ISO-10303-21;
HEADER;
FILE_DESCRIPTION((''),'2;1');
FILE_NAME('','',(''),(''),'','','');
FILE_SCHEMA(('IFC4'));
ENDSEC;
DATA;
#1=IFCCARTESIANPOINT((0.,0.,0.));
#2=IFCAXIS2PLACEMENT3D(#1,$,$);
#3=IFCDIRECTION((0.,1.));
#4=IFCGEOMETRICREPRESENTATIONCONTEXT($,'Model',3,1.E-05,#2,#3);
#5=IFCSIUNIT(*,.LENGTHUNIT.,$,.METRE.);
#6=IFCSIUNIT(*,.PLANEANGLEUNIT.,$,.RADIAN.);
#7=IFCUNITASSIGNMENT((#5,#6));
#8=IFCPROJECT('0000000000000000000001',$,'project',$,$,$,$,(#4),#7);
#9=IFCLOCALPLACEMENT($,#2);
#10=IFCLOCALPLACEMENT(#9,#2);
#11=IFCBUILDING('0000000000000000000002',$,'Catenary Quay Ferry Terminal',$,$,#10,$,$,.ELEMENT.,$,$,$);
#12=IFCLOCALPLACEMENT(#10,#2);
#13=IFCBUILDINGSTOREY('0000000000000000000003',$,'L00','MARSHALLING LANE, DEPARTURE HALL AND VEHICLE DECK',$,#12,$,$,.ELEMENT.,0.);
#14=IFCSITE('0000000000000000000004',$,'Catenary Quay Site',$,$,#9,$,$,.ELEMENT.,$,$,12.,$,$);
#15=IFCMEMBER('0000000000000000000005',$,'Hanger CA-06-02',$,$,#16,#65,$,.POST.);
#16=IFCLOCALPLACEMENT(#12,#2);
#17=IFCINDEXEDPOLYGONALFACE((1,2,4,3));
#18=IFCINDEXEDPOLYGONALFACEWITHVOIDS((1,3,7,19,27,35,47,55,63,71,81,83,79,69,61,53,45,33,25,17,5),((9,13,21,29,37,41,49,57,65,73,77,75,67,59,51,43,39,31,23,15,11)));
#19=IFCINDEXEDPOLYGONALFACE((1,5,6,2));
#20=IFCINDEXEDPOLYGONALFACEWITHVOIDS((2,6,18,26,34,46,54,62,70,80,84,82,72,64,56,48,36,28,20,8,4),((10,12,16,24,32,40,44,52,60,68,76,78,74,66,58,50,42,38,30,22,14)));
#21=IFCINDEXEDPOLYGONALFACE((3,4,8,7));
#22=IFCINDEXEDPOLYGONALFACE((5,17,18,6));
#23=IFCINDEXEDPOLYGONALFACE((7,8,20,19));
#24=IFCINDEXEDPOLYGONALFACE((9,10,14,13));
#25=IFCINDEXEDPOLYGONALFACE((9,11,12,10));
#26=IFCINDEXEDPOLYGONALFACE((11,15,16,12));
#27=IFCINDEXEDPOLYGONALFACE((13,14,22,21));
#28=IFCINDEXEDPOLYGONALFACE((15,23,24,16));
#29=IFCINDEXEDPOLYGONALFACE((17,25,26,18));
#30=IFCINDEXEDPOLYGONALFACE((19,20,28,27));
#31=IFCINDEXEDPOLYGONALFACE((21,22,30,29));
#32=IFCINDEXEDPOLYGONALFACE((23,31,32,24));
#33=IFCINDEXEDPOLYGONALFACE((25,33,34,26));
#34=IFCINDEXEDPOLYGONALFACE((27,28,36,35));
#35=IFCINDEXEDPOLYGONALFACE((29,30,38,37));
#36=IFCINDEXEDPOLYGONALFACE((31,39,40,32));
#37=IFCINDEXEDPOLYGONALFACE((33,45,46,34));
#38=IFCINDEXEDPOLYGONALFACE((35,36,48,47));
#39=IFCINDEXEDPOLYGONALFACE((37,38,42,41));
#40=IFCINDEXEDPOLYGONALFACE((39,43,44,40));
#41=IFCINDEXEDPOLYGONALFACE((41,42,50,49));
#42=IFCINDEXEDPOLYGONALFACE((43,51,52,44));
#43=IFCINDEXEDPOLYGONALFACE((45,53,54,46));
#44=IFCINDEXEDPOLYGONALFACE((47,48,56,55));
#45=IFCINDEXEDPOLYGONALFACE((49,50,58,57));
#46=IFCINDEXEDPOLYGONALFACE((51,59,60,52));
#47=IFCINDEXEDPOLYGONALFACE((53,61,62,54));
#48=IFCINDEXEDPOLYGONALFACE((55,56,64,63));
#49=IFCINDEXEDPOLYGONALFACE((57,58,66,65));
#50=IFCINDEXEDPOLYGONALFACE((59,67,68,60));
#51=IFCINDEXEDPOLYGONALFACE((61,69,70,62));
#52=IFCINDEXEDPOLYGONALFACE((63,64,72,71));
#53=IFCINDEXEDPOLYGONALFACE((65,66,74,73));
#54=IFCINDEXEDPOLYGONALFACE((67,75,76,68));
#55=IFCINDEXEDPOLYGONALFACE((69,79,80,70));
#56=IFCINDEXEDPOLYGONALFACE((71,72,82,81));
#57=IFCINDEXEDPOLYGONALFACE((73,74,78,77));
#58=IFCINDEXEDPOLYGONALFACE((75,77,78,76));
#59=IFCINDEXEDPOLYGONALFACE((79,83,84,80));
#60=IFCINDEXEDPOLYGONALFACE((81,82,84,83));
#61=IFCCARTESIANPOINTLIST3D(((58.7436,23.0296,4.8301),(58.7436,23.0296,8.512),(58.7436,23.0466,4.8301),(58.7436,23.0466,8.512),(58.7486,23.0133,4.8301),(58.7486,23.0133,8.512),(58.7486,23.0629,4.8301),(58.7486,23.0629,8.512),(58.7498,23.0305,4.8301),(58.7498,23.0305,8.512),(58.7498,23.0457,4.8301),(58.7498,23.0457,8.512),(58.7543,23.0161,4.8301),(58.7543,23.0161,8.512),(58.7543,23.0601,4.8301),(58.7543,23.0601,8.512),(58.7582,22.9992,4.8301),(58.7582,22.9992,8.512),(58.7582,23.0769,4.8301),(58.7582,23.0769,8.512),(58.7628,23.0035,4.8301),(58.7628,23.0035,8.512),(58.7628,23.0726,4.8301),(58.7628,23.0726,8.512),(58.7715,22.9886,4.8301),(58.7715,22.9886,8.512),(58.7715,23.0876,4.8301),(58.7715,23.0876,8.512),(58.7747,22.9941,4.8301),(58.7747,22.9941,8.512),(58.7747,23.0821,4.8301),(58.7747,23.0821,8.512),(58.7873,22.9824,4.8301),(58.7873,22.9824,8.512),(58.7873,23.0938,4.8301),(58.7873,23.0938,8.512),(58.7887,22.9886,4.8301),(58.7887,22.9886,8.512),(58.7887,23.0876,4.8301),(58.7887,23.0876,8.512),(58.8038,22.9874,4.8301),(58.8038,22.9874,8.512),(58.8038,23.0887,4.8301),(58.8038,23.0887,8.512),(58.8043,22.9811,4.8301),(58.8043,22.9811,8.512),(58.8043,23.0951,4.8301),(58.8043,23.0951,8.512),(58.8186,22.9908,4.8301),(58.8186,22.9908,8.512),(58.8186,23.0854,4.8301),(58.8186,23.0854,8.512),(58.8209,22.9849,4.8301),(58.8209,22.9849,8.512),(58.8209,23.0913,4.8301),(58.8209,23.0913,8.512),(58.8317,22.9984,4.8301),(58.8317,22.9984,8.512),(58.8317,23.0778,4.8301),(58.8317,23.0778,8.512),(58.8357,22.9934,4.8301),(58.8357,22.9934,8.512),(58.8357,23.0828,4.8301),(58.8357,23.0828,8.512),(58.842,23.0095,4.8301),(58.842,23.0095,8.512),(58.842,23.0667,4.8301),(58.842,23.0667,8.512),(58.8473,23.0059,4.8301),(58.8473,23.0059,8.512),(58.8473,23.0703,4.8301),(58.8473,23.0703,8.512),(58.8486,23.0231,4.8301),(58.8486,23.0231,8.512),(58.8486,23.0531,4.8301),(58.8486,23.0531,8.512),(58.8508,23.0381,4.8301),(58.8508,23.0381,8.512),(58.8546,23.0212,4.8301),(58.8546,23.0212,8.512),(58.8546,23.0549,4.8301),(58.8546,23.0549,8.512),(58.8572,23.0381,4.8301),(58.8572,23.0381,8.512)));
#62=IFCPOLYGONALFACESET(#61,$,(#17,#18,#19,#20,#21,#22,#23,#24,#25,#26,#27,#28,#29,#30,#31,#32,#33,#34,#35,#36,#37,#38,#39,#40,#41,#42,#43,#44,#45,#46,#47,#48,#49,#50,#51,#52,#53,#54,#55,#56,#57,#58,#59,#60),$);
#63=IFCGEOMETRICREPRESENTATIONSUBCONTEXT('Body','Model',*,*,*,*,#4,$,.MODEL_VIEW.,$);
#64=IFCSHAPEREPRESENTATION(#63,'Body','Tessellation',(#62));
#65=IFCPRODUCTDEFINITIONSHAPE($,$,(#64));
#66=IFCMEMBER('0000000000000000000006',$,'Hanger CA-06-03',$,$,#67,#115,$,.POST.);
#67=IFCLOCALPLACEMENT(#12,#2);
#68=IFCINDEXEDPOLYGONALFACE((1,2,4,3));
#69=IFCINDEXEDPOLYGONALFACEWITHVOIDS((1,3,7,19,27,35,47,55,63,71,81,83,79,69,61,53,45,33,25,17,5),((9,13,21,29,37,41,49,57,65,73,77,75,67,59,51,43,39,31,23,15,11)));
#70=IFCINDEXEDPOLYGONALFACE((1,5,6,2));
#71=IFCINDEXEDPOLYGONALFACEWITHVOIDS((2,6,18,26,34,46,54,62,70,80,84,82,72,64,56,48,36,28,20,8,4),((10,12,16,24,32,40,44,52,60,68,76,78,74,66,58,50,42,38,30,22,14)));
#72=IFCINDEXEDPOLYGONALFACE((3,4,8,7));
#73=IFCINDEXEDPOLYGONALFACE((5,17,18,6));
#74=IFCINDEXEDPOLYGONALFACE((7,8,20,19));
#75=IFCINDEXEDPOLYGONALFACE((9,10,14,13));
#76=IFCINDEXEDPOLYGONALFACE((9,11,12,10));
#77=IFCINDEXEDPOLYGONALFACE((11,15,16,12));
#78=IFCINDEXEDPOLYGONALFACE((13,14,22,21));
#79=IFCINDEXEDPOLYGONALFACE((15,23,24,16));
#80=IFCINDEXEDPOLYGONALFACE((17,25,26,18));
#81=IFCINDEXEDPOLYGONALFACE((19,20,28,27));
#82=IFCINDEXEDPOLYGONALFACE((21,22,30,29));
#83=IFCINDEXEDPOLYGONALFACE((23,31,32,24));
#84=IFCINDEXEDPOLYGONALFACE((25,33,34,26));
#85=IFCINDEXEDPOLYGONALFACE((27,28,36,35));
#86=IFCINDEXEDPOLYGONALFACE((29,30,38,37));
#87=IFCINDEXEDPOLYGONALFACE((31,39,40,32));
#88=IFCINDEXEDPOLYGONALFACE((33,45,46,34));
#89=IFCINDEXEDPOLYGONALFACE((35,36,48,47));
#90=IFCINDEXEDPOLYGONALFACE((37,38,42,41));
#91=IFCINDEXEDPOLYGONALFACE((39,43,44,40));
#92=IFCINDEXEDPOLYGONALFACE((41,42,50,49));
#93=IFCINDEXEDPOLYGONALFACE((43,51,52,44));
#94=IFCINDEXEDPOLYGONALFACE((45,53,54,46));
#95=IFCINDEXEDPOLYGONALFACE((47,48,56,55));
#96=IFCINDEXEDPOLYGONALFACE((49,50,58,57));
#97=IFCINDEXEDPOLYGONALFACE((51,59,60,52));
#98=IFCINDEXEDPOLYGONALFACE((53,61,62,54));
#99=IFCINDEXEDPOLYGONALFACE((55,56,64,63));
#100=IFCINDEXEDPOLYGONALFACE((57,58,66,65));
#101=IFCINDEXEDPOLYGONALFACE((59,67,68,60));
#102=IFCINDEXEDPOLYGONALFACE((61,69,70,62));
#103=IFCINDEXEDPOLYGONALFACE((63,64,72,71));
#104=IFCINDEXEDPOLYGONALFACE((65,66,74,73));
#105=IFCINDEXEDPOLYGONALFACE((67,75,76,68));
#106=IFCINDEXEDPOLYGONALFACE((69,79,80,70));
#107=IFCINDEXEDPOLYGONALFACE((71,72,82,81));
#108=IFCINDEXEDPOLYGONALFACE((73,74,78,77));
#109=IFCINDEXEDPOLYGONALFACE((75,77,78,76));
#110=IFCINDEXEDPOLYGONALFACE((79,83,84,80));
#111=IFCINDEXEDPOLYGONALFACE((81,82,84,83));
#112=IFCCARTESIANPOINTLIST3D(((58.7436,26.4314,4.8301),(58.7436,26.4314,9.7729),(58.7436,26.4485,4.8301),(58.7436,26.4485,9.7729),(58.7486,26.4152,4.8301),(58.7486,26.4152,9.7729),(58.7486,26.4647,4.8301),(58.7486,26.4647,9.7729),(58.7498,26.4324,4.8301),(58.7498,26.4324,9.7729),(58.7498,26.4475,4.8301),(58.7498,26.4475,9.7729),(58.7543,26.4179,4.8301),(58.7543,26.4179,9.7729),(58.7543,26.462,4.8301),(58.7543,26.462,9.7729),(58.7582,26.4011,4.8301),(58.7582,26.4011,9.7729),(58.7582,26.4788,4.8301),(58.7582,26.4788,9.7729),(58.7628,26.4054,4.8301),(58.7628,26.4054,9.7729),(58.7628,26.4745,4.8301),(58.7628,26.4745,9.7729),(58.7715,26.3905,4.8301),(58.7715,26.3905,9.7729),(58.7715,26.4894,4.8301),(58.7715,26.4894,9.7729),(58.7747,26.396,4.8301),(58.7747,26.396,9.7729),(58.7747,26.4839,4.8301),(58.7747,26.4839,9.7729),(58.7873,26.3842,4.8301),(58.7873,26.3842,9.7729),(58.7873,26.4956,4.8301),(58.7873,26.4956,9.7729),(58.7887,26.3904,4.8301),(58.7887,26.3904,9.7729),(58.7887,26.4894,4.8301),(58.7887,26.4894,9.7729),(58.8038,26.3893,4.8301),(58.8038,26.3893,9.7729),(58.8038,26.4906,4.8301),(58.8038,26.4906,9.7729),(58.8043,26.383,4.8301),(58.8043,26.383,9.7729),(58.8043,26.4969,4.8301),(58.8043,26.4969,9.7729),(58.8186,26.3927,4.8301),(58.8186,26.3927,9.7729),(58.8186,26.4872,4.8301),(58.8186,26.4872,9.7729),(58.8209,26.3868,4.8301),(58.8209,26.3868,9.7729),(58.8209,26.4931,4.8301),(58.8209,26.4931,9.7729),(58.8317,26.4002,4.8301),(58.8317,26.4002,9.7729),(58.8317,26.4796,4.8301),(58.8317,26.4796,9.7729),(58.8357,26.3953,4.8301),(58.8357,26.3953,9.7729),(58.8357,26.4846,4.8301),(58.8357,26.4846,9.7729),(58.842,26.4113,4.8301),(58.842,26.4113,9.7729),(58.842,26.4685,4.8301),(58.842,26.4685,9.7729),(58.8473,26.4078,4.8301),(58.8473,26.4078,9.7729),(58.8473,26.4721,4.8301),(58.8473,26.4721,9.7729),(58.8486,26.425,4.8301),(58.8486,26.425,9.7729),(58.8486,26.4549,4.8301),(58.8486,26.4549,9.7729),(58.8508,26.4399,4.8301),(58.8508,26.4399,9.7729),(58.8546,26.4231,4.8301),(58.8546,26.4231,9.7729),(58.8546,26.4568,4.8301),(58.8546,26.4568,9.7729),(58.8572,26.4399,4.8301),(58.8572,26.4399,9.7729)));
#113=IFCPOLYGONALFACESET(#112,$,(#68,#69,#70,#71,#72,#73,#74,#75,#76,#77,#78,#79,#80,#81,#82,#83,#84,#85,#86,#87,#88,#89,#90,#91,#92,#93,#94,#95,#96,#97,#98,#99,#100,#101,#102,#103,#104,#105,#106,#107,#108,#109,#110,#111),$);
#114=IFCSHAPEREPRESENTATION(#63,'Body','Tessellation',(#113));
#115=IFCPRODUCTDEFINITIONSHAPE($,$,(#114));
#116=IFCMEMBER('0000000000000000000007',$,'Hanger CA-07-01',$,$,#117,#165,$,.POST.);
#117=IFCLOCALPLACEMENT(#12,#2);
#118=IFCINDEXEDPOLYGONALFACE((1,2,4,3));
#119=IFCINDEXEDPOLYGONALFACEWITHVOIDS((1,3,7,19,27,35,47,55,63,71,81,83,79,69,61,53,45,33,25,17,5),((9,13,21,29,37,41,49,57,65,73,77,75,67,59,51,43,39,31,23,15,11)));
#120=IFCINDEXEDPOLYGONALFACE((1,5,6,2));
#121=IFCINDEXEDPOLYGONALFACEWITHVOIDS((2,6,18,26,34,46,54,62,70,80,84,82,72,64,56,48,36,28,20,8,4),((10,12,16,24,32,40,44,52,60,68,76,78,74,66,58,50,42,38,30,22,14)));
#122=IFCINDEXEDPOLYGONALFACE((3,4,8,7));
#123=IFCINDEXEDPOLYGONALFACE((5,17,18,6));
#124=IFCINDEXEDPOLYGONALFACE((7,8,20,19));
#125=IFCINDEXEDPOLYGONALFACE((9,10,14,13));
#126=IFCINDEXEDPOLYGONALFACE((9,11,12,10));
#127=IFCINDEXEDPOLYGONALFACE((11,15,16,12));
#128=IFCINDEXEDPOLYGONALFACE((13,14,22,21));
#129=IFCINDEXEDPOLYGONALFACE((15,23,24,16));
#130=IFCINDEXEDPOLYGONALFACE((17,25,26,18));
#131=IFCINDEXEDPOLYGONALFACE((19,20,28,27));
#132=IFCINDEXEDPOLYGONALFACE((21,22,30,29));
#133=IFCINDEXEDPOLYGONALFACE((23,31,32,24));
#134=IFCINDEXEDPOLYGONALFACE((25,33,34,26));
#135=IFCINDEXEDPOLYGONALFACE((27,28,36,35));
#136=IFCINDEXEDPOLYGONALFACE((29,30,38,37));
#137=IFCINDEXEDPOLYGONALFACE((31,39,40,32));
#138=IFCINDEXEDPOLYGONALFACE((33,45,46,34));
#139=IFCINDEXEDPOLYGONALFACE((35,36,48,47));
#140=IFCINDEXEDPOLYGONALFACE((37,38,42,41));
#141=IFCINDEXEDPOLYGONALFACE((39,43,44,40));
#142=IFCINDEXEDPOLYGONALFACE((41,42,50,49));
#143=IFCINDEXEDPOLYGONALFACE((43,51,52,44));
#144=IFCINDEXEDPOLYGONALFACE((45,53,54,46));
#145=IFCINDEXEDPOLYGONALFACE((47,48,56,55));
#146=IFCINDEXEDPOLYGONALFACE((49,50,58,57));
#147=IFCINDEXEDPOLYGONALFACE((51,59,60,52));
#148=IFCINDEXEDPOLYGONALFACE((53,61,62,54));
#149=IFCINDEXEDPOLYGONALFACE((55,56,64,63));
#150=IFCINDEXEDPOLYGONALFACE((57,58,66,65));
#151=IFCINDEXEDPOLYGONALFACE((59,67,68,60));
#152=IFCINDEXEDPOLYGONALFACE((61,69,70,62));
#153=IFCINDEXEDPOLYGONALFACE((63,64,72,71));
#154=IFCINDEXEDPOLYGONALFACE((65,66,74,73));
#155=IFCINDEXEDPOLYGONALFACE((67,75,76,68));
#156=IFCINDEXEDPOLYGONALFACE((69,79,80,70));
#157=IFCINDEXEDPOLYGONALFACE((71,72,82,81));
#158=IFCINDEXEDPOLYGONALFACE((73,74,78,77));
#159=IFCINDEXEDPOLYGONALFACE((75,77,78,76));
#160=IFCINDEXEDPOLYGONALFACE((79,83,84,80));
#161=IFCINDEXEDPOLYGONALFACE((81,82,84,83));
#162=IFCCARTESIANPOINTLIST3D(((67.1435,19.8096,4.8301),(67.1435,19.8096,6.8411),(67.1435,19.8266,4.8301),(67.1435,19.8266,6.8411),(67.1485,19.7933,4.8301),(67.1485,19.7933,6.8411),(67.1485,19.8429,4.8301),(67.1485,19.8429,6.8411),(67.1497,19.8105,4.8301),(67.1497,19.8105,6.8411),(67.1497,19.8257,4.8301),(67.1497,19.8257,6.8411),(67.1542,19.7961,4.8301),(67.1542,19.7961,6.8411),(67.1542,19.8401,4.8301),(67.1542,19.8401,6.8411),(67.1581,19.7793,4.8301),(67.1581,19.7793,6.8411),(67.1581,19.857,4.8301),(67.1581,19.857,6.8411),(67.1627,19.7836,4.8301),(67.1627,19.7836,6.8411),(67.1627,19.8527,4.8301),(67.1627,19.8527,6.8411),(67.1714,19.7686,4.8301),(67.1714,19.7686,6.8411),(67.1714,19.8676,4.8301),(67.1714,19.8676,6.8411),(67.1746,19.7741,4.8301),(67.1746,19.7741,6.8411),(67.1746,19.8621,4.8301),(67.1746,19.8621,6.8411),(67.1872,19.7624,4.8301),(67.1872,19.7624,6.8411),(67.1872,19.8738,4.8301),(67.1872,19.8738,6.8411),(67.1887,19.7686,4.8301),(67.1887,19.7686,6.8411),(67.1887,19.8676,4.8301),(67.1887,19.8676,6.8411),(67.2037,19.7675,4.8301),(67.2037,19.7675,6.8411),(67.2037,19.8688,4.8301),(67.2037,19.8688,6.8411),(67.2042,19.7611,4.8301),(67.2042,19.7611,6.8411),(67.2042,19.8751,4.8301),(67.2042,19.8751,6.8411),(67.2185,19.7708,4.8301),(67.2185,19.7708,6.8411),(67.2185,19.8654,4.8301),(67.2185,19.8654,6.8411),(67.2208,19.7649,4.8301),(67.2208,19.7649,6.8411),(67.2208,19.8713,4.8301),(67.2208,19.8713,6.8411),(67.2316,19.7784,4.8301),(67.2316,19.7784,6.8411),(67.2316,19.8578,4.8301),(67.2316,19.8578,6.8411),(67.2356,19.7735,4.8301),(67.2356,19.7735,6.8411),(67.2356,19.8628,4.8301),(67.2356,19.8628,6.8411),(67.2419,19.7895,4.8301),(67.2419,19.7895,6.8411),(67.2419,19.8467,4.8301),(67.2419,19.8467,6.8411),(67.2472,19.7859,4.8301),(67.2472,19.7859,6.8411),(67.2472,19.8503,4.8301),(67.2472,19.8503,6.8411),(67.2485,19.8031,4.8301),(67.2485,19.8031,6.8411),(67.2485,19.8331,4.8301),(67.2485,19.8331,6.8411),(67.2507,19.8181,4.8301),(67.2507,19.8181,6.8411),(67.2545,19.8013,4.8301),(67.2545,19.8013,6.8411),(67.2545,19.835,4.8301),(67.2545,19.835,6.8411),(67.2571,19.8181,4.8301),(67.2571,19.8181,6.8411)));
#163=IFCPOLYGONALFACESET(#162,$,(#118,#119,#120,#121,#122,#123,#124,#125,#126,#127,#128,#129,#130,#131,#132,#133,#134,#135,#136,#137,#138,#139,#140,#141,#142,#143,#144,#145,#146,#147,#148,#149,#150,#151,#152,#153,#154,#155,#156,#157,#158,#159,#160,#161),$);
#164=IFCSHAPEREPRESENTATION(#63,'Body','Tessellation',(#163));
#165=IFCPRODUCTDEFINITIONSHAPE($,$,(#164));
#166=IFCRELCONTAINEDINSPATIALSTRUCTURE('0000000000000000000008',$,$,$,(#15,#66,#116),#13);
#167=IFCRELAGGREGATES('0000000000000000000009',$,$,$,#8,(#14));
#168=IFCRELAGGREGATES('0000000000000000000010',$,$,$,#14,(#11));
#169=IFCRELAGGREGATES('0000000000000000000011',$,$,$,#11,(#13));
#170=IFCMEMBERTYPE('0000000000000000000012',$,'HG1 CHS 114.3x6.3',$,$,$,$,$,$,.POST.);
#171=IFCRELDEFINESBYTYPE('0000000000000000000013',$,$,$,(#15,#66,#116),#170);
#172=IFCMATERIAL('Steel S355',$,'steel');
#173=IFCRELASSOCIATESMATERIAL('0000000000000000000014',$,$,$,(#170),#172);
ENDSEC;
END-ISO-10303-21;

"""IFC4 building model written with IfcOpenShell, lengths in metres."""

from ifc_helpers import new_model, si_unit, direction, frame, origin, origin_2d, place, context, subcontext, project, spatial, hollow_circle, extrude, material, material_profile, profile_set, type_object, element, save


model = new_model("IFC4")

# Units and contexts
model_context = context("Model", 3, precision=1e-05, world=origin(), true_north=direction((0.0, 1.0)))
body_context = subcontext(model_context, "Body", "Model", "MODEL_VIEW")
ifc_project = project(units=[si_unit("LENGTHUNIT", "METRE"), si_unit("PLANEANGLEUNIT", "RADIAN")], contexts=[model_context])

# Site, building, storey
site_placement = place(None, origin())
site = spatial("IfcSite", under=ifc_project, at=site_placement, Name="Catenary Quay Site", CompositionType="ELEMENT", RefElevation=12.0)
building_placement = place(site_placement, origin())
building = spatial("IfcBuilding", under=site, at=building_placement, Name="Catenary Quay Ferry Terminal", CompositionType="ELEMENT")
storey_placement = place(building_placement, origin())
storey = spatial("IfcBuildingStorey", under=building, at=storey_placement, Name="L00", Description="MARSHALLING LANE, DEPARTURE HALL AND VEHICLE DECK", CompositionType="ELEMENT", Elevation=0.0)

# Members
ifc_material_1 = material(Name="Steel S355", Category="steel")
ifc_material_profile_1 = material_profile(ifc_material_1, hollow_circle(Radius=0.0571, WallThickness=0.0063, at=origin_2d()), Name="CHS 114.3x6.3")
ifc_profile_set_1 = profile_set([ifc_material_profile_1], Name="Steel S355")
member_type_1 = type_object("IfcMemberType", Name="HG1 CHS 114.3x6.3", PredefinedType="POST", material=ifc_profile_set_1)
member_1_placement = place(storey_placement, frame((58.8, 23.0381, 4.8301), z_axis=(0.0, 0.0, 1.0), x_axis=(1.0, 0.0, 0.0)))
element("IfcMember", 1, at=member_1_placement, inside=storey, type_object=member_type_1, Name="Hanger CA-06-02", PredefinedType="POST", context=body_context, shape_type="SweptSolid", body=[
    extrude(hollow_circle(Radius=0.0571, WallThickness=0.0063, at=origin_2d()), origin(), (0.0, 0.0, 1.0), 3.6819),
])
member_2_placement = place(storey_placement, frame((58.8, 26.4399, 4.8301), z_axis=(0.0, 0.0, 1.0), x_axis=(1.0, 0.0, 0.0)))
element("IfcMember", 2, at=member_2_placement, inside=storey, type_object=member_type_1, Name="Hanger CA-06-03", PredefinedType="POST", context=body_context, shape_type="SweptSolid", body=[
    extrude(hollow_circle(Radius=0.0571, WallThickness=0.0063, at=origin_2d()), origin(), (0.0, 0.0, 1.0), 4.9429),
])
member_3_placement = place(storey_placement, frame((67.2, 19.8181, 4.8301), z_axis=(0.0, 0.0, 1.0), x_axis=(1.0, 0.0, 0.0)))
element("IfcMember", 3, at=member_3_placement, inside=storey, type_object=member_type_1, Name="Hanger CA-07-01", PredefinedType="POST", context=body_context, shape_type="SweptSolid", body=[
    extrude(hollow_circle(Radius=0.0571, WallThickness=0.0063, at=origin_2d()), origin(), (0.0, 0.0, 1.0), 2.011),
])

save(model, "model.ifc")
